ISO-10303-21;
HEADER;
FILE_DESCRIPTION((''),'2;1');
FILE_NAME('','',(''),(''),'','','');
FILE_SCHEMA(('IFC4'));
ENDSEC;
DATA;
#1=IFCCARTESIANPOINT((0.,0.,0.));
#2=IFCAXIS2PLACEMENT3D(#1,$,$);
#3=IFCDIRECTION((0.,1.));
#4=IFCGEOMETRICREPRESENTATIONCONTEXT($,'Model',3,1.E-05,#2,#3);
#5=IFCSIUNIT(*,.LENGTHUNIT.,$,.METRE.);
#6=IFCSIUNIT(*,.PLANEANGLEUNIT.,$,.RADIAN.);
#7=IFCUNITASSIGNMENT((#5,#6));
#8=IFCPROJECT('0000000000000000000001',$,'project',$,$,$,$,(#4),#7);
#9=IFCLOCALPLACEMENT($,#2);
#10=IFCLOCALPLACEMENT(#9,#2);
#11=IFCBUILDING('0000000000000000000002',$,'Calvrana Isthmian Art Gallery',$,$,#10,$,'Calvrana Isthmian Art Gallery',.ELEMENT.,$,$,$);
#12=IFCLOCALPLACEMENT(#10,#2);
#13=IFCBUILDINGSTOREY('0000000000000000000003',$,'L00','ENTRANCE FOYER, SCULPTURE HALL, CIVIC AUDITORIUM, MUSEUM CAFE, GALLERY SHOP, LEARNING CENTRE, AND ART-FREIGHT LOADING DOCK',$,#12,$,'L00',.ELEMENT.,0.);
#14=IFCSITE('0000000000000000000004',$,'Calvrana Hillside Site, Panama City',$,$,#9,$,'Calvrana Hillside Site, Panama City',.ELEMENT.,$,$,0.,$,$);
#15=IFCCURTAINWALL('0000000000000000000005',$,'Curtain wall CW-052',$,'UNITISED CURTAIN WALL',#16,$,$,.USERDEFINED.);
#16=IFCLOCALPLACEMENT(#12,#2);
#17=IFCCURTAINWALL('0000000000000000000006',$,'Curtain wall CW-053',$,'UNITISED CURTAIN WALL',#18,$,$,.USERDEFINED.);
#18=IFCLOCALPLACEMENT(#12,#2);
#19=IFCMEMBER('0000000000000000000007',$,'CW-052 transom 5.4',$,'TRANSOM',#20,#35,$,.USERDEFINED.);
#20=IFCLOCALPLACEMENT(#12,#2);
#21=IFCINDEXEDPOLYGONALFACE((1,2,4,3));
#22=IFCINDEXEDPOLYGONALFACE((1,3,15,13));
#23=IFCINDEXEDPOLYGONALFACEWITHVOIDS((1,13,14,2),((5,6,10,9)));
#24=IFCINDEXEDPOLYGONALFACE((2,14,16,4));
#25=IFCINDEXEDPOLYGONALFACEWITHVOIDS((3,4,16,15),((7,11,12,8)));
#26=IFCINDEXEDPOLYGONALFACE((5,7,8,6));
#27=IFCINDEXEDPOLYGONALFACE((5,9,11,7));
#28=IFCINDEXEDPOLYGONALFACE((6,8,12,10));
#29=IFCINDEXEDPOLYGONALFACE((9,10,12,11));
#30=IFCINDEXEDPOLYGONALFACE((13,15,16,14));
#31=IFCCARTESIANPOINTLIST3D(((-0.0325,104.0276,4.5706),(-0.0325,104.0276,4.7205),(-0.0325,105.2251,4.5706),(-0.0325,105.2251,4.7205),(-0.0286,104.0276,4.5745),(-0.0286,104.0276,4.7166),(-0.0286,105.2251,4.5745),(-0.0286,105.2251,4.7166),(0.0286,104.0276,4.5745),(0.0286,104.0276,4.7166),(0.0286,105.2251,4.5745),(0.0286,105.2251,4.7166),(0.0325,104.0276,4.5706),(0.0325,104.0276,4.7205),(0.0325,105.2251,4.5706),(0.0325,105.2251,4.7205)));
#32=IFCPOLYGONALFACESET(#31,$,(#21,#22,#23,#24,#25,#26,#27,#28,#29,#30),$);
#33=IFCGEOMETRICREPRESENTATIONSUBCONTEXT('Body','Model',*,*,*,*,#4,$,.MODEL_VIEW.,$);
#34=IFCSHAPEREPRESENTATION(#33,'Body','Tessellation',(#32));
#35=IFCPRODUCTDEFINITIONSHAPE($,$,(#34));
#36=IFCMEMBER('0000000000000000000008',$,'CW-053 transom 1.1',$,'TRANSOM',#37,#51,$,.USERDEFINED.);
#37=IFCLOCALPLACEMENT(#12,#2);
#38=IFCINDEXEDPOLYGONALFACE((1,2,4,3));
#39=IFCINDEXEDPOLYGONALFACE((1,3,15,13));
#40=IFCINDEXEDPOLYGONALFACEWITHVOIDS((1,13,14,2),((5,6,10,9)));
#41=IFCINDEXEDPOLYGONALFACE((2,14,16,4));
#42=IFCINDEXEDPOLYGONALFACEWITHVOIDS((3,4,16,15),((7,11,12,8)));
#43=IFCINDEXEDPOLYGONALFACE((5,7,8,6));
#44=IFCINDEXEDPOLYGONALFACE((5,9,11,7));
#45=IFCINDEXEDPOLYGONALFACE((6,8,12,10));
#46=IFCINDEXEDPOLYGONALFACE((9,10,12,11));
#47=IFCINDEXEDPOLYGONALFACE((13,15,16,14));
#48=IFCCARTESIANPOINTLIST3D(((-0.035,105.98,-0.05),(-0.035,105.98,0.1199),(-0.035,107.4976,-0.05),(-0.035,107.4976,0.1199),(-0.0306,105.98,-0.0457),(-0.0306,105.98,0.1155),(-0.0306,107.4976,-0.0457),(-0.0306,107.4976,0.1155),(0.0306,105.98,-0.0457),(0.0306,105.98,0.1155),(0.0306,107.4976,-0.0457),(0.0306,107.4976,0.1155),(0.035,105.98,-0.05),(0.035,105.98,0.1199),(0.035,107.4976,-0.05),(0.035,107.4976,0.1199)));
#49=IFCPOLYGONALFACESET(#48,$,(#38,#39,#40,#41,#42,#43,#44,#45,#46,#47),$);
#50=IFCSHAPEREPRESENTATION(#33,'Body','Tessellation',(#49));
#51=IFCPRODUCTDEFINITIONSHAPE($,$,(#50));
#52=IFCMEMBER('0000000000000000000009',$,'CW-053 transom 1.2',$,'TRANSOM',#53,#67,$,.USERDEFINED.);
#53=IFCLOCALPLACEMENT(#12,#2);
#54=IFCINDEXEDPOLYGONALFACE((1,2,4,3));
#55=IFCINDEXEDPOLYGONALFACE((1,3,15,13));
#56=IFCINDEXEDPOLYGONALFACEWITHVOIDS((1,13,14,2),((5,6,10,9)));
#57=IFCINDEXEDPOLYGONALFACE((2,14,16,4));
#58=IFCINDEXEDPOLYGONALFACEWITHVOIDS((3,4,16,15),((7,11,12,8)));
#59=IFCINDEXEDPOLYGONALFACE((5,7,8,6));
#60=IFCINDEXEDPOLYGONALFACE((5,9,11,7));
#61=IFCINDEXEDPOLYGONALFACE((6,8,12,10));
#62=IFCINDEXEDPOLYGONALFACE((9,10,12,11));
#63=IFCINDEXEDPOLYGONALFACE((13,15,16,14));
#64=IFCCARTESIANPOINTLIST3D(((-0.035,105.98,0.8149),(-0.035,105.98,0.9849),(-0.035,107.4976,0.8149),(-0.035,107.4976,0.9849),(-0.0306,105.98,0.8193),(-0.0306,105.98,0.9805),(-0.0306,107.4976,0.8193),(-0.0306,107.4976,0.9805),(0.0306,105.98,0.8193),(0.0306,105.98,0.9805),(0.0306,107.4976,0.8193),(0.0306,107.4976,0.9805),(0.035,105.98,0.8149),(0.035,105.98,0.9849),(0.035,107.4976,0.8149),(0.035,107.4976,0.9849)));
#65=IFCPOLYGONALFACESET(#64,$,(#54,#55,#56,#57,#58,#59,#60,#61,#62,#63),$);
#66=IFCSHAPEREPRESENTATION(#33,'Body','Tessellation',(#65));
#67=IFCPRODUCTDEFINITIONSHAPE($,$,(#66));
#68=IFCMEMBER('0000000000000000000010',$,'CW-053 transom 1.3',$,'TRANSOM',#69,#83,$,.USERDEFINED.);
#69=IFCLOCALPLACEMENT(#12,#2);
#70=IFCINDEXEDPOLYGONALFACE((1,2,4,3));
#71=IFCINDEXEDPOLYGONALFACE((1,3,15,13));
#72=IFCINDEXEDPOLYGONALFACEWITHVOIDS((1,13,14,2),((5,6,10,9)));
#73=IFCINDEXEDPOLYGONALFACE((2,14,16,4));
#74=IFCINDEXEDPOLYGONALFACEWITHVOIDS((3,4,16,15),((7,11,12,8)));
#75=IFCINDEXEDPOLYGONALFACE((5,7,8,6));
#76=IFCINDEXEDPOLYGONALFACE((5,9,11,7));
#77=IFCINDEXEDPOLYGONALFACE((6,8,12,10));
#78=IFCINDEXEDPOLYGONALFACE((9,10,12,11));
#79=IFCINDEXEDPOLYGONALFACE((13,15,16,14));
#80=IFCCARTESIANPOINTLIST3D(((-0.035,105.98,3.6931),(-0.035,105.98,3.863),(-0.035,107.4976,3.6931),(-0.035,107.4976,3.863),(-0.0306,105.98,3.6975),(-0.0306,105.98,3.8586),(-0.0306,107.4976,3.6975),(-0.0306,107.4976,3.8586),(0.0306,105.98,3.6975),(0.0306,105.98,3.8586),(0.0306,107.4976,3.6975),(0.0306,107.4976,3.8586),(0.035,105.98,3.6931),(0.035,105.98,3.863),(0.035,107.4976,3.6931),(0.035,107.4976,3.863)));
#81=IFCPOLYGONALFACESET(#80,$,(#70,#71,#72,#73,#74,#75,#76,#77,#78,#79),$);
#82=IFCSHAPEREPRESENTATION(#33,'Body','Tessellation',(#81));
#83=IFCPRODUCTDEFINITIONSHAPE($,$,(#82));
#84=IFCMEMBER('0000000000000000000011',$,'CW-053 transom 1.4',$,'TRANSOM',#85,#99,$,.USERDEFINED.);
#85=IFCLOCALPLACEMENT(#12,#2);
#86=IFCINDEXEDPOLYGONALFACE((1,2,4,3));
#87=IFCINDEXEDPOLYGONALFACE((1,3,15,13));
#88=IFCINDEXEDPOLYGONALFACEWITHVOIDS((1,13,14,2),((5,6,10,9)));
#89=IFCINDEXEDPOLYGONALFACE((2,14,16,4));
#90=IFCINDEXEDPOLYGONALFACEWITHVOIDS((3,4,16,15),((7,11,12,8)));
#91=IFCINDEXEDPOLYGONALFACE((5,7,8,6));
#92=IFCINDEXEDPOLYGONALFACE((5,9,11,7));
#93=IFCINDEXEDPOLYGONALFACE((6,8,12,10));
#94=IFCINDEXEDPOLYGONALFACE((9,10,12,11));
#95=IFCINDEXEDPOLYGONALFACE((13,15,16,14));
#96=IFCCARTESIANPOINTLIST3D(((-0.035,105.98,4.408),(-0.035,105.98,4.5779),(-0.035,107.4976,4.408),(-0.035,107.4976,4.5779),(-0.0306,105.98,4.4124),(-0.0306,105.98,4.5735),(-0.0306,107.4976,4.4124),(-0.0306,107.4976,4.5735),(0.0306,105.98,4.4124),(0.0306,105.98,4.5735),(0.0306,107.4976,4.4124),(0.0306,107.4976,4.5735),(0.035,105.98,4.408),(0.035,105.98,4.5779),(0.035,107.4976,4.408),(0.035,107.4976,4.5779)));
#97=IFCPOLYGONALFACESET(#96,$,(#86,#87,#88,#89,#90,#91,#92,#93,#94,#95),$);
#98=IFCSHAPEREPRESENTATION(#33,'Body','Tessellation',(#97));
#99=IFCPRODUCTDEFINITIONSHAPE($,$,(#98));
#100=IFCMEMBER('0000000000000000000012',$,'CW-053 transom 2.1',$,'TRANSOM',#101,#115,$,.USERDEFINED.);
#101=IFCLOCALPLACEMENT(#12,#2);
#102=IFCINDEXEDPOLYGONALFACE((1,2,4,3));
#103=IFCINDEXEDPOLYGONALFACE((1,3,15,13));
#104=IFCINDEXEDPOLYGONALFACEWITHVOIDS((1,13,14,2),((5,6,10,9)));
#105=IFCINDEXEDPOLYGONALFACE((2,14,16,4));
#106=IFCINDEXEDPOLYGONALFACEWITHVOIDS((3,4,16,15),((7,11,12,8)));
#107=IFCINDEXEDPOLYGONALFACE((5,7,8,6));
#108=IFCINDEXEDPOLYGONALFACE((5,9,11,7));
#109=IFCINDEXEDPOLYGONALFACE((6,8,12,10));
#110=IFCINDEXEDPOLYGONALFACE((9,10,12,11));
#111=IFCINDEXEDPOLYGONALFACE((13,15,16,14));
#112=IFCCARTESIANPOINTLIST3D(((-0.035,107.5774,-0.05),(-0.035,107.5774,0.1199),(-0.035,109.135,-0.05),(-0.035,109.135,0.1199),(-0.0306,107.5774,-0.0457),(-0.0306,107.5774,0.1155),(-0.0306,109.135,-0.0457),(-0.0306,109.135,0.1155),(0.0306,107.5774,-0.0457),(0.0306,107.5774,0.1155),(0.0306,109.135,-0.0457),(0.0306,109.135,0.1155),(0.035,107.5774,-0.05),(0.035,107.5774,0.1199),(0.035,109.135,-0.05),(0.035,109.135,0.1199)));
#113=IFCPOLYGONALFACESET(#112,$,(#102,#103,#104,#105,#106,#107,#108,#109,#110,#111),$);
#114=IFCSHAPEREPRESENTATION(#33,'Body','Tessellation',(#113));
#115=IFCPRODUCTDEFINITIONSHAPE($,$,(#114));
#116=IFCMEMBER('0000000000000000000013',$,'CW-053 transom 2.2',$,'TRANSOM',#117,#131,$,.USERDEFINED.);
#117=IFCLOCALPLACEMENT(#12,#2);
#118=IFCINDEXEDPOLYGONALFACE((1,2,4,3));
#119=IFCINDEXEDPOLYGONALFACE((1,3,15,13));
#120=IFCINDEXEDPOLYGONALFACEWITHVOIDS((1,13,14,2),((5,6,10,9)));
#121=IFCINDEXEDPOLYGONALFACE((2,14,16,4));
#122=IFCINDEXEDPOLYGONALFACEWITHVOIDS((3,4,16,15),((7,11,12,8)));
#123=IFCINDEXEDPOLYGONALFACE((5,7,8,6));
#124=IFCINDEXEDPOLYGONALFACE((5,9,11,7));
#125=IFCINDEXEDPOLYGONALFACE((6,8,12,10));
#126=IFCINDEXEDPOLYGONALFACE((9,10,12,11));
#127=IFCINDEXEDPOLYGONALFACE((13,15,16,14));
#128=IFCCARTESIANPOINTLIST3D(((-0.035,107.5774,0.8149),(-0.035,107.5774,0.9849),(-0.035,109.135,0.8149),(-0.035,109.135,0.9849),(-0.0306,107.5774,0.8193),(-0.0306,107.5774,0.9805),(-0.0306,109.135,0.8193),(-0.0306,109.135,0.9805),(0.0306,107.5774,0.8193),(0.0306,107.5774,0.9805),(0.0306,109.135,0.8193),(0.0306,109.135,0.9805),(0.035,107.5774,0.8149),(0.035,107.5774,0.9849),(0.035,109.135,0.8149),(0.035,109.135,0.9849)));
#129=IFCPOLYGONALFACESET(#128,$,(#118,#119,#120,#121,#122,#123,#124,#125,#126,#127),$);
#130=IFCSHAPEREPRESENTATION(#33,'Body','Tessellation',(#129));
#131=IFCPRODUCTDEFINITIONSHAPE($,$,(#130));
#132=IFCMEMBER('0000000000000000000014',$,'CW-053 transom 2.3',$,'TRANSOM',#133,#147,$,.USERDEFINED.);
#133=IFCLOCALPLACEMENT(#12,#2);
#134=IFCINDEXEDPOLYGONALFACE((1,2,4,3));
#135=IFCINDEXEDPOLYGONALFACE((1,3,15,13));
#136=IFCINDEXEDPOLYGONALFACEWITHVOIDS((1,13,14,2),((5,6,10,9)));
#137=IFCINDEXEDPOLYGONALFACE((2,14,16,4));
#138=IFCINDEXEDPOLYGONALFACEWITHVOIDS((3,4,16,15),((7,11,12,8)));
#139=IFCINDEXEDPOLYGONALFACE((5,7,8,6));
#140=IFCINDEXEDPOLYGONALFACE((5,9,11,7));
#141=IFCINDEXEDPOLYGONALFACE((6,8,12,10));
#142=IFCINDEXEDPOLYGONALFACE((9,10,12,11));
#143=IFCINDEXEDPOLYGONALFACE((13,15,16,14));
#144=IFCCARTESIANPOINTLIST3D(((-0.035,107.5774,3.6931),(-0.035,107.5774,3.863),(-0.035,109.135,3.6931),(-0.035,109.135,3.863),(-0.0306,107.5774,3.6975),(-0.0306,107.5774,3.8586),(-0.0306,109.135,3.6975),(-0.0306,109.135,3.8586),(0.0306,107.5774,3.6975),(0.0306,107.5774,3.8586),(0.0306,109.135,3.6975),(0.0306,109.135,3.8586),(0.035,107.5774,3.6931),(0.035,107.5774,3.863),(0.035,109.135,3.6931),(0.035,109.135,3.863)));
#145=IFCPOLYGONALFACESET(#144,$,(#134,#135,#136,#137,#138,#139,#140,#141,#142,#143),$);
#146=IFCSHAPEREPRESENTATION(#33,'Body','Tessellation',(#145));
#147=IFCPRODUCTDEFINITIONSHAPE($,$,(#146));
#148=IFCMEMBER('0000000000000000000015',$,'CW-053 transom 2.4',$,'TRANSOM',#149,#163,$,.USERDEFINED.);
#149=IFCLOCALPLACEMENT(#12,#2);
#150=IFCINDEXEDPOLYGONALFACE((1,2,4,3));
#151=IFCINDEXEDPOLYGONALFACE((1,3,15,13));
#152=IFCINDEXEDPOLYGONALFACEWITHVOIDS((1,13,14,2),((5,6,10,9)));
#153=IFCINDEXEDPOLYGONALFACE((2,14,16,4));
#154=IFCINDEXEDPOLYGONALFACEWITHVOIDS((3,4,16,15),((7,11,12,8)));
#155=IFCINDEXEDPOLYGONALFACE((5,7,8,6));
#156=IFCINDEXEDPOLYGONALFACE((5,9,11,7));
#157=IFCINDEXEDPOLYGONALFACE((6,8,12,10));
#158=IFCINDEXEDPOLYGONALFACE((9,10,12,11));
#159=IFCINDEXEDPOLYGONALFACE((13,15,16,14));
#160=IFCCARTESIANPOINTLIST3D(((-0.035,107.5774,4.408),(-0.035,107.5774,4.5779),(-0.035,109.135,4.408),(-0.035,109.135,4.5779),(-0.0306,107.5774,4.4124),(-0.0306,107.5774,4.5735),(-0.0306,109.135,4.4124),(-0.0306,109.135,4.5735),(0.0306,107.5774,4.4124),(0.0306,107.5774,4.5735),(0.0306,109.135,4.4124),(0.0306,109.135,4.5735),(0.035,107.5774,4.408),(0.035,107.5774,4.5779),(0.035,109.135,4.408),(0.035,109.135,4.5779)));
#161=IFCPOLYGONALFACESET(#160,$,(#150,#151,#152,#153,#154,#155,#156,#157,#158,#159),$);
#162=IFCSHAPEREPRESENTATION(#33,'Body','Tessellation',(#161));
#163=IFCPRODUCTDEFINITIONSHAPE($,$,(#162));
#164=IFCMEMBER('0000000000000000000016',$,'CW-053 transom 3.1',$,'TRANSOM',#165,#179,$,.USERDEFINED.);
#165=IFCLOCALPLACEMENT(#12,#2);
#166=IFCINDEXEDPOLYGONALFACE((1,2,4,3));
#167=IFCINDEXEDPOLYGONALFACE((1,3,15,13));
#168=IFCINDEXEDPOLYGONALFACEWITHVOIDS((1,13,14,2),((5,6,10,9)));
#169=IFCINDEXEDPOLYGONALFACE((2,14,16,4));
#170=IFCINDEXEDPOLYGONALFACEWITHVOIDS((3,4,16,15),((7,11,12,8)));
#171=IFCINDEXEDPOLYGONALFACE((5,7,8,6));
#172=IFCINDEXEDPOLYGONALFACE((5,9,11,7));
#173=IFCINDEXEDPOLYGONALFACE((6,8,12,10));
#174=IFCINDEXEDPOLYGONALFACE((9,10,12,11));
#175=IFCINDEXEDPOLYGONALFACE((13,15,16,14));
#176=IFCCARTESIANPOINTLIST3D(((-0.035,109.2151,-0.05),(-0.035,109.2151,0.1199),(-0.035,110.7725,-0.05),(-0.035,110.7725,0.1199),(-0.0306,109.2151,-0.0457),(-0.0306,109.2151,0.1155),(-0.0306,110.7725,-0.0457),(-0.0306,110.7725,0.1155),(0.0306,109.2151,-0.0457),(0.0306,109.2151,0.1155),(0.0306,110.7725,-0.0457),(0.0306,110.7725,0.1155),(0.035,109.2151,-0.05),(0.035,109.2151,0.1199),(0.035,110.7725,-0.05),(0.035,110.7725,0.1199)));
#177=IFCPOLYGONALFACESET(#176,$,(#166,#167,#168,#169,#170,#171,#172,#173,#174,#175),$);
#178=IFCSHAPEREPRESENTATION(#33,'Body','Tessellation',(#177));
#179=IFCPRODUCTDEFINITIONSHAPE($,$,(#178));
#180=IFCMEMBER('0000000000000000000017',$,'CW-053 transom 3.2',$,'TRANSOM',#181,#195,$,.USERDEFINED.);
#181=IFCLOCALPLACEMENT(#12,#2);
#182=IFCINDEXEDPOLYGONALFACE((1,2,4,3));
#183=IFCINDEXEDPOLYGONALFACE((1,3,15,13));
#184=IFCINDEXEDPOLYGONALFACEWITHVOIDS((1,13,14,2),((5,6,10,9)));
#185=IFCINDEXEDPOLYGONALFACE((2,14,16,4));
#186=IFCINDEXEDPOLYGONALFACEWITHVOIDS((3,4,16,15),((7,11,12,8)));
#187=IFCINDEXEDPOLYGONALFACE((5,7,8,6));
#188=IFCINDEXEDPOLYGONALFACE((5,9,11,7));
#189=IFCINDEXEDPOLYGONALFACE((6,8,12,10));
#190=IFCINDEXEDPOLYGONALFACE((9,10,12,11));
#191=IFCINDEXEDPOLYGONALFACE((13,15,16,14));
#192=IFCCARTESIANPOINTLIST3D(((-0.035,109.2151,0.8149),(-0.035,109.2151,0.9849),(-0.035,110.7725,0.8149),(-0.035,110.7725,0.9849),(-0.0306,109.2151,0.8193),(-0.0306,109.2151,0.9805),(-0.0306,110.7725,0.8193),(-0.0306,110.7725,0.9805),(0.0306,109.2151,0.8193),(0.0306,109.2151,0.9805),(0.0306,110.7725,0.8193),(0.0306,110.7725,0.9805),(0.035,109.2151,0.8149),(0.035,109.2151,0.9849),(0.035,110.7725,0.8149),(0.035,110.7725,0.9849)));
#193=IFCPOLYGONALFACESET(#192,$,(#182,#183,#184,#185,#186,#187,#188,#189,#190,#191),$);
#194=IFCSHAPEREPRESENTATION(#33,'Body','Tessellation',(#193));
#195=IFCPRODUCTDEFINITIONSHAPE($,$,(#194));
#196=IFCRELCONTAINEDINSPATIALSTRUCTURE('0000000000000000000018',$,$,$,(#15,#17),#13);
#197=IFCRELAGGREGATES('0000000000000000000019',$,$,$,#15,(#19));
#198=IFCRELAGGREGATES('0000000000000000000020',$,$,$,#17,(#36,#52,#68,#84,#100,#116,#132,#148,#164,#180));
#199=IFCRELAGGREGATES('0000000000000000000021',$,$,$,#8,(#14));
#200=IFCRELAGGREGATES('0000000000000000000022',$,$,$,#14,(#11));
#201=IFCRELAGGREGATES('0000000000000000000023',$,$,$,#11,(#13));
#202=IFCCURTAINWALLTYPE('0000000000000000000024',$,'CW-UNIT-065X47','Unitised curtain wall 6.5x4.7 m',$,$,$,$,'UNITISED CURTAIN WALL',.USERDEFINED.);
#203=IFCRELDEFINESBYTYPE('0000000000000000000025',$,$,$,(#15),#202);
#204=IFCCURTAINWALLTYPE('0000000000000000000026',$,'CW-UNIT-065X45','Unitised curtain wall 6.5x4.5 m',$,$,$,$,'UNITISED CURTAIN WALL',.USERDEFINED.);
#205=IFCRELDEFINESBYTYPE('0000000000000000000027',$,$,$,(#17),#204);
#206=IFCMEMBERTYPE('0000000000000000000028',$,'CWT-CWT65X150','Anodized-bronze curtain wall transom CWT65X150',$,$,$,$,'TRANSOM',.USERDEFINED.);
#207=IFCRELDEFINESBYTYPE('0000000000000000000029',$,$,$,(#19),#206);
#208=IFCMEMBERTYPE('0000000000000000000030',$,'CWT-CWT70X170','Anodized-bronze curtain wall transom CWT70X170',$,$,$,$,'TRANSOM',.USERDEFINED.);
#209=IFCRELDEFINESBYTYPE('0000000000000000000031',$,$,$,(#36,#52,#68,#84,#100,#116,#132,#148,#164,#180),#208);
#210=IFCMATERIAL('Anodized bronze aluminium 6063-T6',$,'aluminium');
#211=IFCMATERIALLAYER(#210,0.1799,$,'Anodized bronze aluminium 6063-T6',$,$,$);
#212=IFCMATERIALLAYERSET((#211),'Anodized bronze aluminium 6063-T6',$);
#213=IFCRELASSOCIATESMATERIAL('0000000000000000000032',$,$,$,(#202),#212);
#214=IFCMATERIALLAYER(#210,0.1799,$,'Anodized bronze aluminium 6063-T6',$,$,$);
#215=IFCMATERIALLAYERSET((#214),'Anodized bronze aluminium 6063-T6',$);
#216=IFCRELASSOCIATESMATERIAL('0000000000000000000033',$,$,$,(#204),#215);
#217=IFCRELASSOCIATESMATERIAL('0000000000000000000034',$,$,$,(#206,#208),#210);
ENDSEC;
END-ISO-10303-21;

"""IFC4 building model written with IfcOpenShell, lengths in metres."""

from ifc_helpers import new_model, si_unit, direction, frame, origin, origin_2d, place, context, subcontext, project, spatial, hollow_rectangle, extrude, material, layer, layer_set, material_profile, profile_set, type_object, element, aggregate, save


model = new_model("IFC4")

# Units and contexts
model_context = context("Model", 3, precision=1e-05, world=origin(), true_north=direction((0.0, 1.0)))
body_context = subcontext(model_context, "Body", "Model", "MODEL_VIEW")
ifc_project = project(units=[si_unit("LENGTHUNIT", "METRE"), si_unit("PLANEANGLEUNIT", "RADIAN")], contexts=[model_context])

# Site, building, storey
site_placement = place(None, origin())
site = spatial("IfcSite", under=ifc_project, at=site_placement, Name="Calvrana Hillside Site, Panama City", LongName="Calvrana Hillside Site, Panama City", CompositionType="ELEMENT", RefElevation=0.0)
building_placement = place(site_placement, origin())
building = spatial("IfcBuilding", under=site, at=building_placement, Name="Calvrana Isthmian Art Gallery", LongName="Calvrana Isthmian Art Gallery", CompositionType="ELEMENT")
storey_placement = place(building_placement, origin())
storey = spatial("IfcBuildingStorey", under=building, at=storey_placement, Name="L00", Description="ENTRANCE FOYER, SCULPTURE HALL, CIVIC AUDITORIUM, MUSEUM CAFE, GALLERY SHOP, LEARNING CENTRE, AND ART-FREIGHT LOADING DOCK", LongName="L00", CompositionType="ELEMENT", Elevation=0.0)

# Curtain wall
ifc_material_1 = material(Name="Anodized bronze aluminium 6063-T6", Category="aluminium")
ifc_layer_1 = layer(ifc_material_1, 0.1799, Name="Anodized bronze aluminium 6063-T6")
ifc_layer_set_1 = layer_set([ifc_layer_1], Name="Anodized bronze aluminium 6063-T6")
curtain_wall_type_1 = type_object("IfcCurtainWallType", Name="CW-UNIT-065X47", Description="Unitised curtain wall 6.5x4.7 m", ElementType="UNITISED CURTAIN WALL", PredefinedType="USERDEFINED", material=ifc_layer_set_1)
curtain_wall_1_placement = place(storey_placement, origin())
curtain_wall_1 = element("IfcCurtainWall", 1, at=curtain_wall_1_placement, inside=storey, type_object=curtain_wall_type_1, Name="Curtain wall CW-052", ObjectType="UNITISED CURTAIN WALL", PredefinedType="USERDEFINED")

# Curtain wall
ifc_layer_2 = layer(ifc_material_1, 0.1799, Name="Anodized bronze aluminium 6063-T6")
ifc_layer_set_2 = layer_set([ifc_layer_2], Name="Anodized bronze aluminium 6063-T6")
curtain_wall_type_2 = type_object("IfcCurtainWallType", Name="CW-UNIT-065X45", Description="Unitised curtain wall 6.5x4.5 m", ElementType="UNITISED CURTAIN WALL", PredefinedType="USERDEFINED", material=ifc_layer_set_2)
curtain_wall_2_placement = place(storey_placement, origin())
curtain_wall_2 = element("IfcCurtainWall", 2, at=curtain_wall_2_placement, inside=storey, type_object=curtain_wall_type_2, Name="Curtain wall CW-053", ObjectType="UNITISED CURTAIN WALL", PredefinedType="USERDEFINED")

# Members
ifc_material_profile_1 = material_profile(ifc_material_1, hollow_rectangle(XDim=0.0649, YDim=0.1499, WallThickness=0.0039, at=origin_2d()), Name="CWT65X150")
ifc_profile_set_1 = profile_set([ifc_material_profile_1], Name="Anodized bronze aluminium 6063-T6")
member_type_1 = type_object("IfcMemberType", Name="CWT-CWT65X150", Description="Anodized-bronze curtain wall transom CWT65X150", ElementType="TRANSOM", PredefinedType="USERDEFINED", material=ifc_profile_set_1)
member_1_placement = place(storey_placement, frame((0.0, 104.0276, 4.6455), z_axis=(0.0, 1.0, 0.0), x_axis=(-1.0, 0.0, 0.0)))
member_1 = element("IfcMember", 3, at=member_1_placement, type_object=member_type_1, Name="CW-052 transom 5.4", ObjectType="TRANSOM", PredefinedType="USERDEFINED", context=body_context, shape_type="SweptSolid", body=[
    extrude(hollow_rectangle(XDim=0.0649, YDim=0.1499, WallThickness=0.0039, at=origin_2d()), origin(), (0.0, 0.0, 1.0), 1.1975),
])
ifc_material_profile_2 = material_profile(ifc_material_1, hollow_rectangle(XDim=0.0701, YDim=0.1699, WallThickness=0.0044, at=origin_2d()), Name="CWT70X170")
ifc_profile_set_2 = profile_set([ifc_material_profile_2], Name="Anodized bronze aluminium 6063-T6")
member_type_2 = type_object("IfcMemberType", Name="CWT-CWT70X170", Description="Anodized-bronze curtain wall transom CWT70X170", ElementType="TRANSOM", PredefinedType="USERDEFINED", material=ifc_profile_set_2)
member_2_placement = place(storey_placement, frame((0.0, 105.98, 0.0349), z_axis=(0.0, 1.0, 0.0), x_axis=(-1.0, 0.0, 0.0)))
member_2 = element("IfcMember", 4, at=member_2_placement, type_object=member_type_2, Name="CW-053 transom 1.1", ObjectType="TRANSOM", PredefinedType="USERDEFINED", context=body_context, shape_type="SweptSolid", body=[
    extrude(hollow_rectangle(XDim=0.0701, YDim=0.1699, WallThickness=0.0044, at=origin_2d()), origin(), (0.0, 0.0, 1.0), 1.5176),
])
member_3_placement = place(storey_placement, frame((0.0, 105.98, 0.8999), z_axis=(0.0, 1.0, 0.0), x_axis=(-1.0, 0.0, 0.0)))
member_3 = element("IfcMember", 5, at=member_3_placement, type_object=member_type_2, Name="CW-053 transom 1.2", ObjectType="TRANSOM", PredefinedType="USERDEFINED", context=body_context, shape_type="SweptSolid", body=[
    extrude(hollow_rectangle(XDim=0.0701, YDim=0.1699, WallThickness=0.0044, at=origin_2d()), origin(), (0.0, 0.0, 1.0), 1.5176),
])
member_4_placement = place(storey_placement, frame((0.0, 105.98, 3.7781), z_axis=(0.0, 1.0, 0.0), x_axis=(-1.0, 0.0, 0.0)))
member_4 = element("IfcMember", 6, at=member_4_placement, type_object=member_type_2, Name="CW-053 transom 1.3", ObjectType="TRANSOM", PredefinedType="USERDEFINED", context=body_context, shape_type="SweptSolid", body=[
    extrude(hollow_rectangle(XDim=0.0701, YDim=0.1699, WallThickness=0.0044, at=origin_2d()), origin(), (0.0, 0.0, 1.0), 1.5176),
])
member_5_placement = place(storey_placement, frame((0.0, 105.98, 4.4929), z_axis=(0.0, 1.0, 0.0), x_axis=(-1.0, 0.0, 0.0)))
member_5 = element("IfcMember", 7, at=member_5_placement, type_object=member_type_2, Name="CW-053 transom 1.4", ObjectType="TRANSOM", PredefinedType="USERDEFINED", context=body_context, shape_type="SweptSolid", body=[
    extrude(hollow_rectangle(XDim=0.0701, YDim=0.1699, WallThickness=0.0044, at=origin_2d()), origin(), (0.0, 0.0, 1.0), 1.5176),
])
member_6_placement = place(storey_placement, frame((0.0, 107.5774, 0.0349), z_axis=(0.0, 1.0, 0.0), x_axis=(-1.0, 0.0, 0.0)))
member_6 = element("IfcMember", 8, at=member_6_placement, type_object=member_type_2, Name="CW-053 transom 2.1", ObjectType="TRANSOM", PredefinedType="USERDEFINED", context=body_context, shape_type="SweptSolid", body=[
    extrude(hollow_rectangle(XDim=0.0701, YDim=0.1699, WallThickness=0.0044, at=origin_2d()), origin(), (0.0, 0.0, 1.0), 1.5576),
])
member_7_placement = place(storey_placement, frame((0.0, 107.5774, 0.8999), z_axis=(0.0, 1.0, 0.0), x_axis=(-1.0, 0.0, 0.0)))
member_7 = element("IfcMember", 9, at=member_7_placement, type_object=member_type_2, Name="CW-053 transom 2.2", ObjectType="TRANSOM", PredefinedType="USERDEFINED", context=body_context, shape_type="SweptSolid", body=[
    extrude(hollow_rectangle(XDim=0.0701, YDim=0.1699, WallThickness=0.0044, at=origin_2d()), origin(), (0.0, 0.0, 1.0), 1.5576),
])
member_8_placement = place(storey_placement, frame((0.0, 107.5774, 3.7781), z_axis=(0.0, 1.0, 0.0), x_axis=(-1.0, 0.0, 0.0)))
member_8 = element("IfcMember", 10, at=member_8_placement, type_object=member_type_2, Name="CW-053 transom 2.3", ObjectType="TRANSOM", PredefinedType="USERDEFINED", context=body_context, shape_type="SweptSolid", body=[
    extrude(hollow_rectangle(XDim=0.0701, YDim=0.1699, WallThickness=0.0044, at=origin_2d()), origin(), (0.0, 0.0, 1.0), 1.5576),
])
member_9_placement = place(storey_placement, frame((0.0, 107.5774, 4.4929), z_axis=(0.0, 1.0, 0.0), x_axis=(-1.0, 0.0, 0.0)))
member_9 = element("IfcMember", 11, at=member_9_placement, type_object=member_type_2, Name="CW-053 transom 2.4", ObjectType="TRANSOM", PredefinedType="USERDEFINED", context=body_context, shape_type="SweptSolid", body=[
    extrude(hollow_rectangle(XDim=0.0701, YDim=0.1699, WallThickness=0.0044, at=origin_2d()), origin(), (0.0, 0.0, 1.0), 1.5576),
])
member_10_placement = place(storey_placement, frame((0.0, 109.2151, 0.0349), z_axis=(0.0, 1.0, 0.0), x_axis=(-1.0, 0.0, 0.0)))
member_10 = element("IfcMember", 12, at=member_10_placement, type_object=member_type_2, Name="CW-053 transom 3.1", ObjectType="TRANSOM", PredefinedType="USERDEFINED", context=body_context, shape_type="SweptSolid", body=[
    extrude(hollow_rectangle(XDim=0.0701, YDim=0.1699, WallThickness=0.0044, at=origin_2d()), origin(), (0.0, 0.0, 1.0), 1.5574),
])
member_11_placement = place(storey_placement, frame((0.0, 109.2151, 0.8999), z_axis=(0.0, 1.0, 0.0), x_axis=(-1.0, 0.0, 0.0)))
member_11 = element("IfcMember", 13, at=member_11_placement, type_object=member_type_2, Name="CW-053 transom 3.2", ObjectType="TRANSOM", PredefinedType="USERDEFINED", context=body_context, shape_type="SweptSolid", body=[
    extrude(hollow_rectangle(XDim=0.0701, YDim=0.1699, WallThickness=0.0044, at=origin_2d()), origin(), (0.0, 0.0, 1.0), 1.5574),
])

aggregate(curtain_wall_1, [member_1])
aggregate(curtain_wall_2, [member_2, member_3, member_4, member_5, member_6, member_7, member_8, member_9, member_10, member_11])

save(model, "model.ifc")
